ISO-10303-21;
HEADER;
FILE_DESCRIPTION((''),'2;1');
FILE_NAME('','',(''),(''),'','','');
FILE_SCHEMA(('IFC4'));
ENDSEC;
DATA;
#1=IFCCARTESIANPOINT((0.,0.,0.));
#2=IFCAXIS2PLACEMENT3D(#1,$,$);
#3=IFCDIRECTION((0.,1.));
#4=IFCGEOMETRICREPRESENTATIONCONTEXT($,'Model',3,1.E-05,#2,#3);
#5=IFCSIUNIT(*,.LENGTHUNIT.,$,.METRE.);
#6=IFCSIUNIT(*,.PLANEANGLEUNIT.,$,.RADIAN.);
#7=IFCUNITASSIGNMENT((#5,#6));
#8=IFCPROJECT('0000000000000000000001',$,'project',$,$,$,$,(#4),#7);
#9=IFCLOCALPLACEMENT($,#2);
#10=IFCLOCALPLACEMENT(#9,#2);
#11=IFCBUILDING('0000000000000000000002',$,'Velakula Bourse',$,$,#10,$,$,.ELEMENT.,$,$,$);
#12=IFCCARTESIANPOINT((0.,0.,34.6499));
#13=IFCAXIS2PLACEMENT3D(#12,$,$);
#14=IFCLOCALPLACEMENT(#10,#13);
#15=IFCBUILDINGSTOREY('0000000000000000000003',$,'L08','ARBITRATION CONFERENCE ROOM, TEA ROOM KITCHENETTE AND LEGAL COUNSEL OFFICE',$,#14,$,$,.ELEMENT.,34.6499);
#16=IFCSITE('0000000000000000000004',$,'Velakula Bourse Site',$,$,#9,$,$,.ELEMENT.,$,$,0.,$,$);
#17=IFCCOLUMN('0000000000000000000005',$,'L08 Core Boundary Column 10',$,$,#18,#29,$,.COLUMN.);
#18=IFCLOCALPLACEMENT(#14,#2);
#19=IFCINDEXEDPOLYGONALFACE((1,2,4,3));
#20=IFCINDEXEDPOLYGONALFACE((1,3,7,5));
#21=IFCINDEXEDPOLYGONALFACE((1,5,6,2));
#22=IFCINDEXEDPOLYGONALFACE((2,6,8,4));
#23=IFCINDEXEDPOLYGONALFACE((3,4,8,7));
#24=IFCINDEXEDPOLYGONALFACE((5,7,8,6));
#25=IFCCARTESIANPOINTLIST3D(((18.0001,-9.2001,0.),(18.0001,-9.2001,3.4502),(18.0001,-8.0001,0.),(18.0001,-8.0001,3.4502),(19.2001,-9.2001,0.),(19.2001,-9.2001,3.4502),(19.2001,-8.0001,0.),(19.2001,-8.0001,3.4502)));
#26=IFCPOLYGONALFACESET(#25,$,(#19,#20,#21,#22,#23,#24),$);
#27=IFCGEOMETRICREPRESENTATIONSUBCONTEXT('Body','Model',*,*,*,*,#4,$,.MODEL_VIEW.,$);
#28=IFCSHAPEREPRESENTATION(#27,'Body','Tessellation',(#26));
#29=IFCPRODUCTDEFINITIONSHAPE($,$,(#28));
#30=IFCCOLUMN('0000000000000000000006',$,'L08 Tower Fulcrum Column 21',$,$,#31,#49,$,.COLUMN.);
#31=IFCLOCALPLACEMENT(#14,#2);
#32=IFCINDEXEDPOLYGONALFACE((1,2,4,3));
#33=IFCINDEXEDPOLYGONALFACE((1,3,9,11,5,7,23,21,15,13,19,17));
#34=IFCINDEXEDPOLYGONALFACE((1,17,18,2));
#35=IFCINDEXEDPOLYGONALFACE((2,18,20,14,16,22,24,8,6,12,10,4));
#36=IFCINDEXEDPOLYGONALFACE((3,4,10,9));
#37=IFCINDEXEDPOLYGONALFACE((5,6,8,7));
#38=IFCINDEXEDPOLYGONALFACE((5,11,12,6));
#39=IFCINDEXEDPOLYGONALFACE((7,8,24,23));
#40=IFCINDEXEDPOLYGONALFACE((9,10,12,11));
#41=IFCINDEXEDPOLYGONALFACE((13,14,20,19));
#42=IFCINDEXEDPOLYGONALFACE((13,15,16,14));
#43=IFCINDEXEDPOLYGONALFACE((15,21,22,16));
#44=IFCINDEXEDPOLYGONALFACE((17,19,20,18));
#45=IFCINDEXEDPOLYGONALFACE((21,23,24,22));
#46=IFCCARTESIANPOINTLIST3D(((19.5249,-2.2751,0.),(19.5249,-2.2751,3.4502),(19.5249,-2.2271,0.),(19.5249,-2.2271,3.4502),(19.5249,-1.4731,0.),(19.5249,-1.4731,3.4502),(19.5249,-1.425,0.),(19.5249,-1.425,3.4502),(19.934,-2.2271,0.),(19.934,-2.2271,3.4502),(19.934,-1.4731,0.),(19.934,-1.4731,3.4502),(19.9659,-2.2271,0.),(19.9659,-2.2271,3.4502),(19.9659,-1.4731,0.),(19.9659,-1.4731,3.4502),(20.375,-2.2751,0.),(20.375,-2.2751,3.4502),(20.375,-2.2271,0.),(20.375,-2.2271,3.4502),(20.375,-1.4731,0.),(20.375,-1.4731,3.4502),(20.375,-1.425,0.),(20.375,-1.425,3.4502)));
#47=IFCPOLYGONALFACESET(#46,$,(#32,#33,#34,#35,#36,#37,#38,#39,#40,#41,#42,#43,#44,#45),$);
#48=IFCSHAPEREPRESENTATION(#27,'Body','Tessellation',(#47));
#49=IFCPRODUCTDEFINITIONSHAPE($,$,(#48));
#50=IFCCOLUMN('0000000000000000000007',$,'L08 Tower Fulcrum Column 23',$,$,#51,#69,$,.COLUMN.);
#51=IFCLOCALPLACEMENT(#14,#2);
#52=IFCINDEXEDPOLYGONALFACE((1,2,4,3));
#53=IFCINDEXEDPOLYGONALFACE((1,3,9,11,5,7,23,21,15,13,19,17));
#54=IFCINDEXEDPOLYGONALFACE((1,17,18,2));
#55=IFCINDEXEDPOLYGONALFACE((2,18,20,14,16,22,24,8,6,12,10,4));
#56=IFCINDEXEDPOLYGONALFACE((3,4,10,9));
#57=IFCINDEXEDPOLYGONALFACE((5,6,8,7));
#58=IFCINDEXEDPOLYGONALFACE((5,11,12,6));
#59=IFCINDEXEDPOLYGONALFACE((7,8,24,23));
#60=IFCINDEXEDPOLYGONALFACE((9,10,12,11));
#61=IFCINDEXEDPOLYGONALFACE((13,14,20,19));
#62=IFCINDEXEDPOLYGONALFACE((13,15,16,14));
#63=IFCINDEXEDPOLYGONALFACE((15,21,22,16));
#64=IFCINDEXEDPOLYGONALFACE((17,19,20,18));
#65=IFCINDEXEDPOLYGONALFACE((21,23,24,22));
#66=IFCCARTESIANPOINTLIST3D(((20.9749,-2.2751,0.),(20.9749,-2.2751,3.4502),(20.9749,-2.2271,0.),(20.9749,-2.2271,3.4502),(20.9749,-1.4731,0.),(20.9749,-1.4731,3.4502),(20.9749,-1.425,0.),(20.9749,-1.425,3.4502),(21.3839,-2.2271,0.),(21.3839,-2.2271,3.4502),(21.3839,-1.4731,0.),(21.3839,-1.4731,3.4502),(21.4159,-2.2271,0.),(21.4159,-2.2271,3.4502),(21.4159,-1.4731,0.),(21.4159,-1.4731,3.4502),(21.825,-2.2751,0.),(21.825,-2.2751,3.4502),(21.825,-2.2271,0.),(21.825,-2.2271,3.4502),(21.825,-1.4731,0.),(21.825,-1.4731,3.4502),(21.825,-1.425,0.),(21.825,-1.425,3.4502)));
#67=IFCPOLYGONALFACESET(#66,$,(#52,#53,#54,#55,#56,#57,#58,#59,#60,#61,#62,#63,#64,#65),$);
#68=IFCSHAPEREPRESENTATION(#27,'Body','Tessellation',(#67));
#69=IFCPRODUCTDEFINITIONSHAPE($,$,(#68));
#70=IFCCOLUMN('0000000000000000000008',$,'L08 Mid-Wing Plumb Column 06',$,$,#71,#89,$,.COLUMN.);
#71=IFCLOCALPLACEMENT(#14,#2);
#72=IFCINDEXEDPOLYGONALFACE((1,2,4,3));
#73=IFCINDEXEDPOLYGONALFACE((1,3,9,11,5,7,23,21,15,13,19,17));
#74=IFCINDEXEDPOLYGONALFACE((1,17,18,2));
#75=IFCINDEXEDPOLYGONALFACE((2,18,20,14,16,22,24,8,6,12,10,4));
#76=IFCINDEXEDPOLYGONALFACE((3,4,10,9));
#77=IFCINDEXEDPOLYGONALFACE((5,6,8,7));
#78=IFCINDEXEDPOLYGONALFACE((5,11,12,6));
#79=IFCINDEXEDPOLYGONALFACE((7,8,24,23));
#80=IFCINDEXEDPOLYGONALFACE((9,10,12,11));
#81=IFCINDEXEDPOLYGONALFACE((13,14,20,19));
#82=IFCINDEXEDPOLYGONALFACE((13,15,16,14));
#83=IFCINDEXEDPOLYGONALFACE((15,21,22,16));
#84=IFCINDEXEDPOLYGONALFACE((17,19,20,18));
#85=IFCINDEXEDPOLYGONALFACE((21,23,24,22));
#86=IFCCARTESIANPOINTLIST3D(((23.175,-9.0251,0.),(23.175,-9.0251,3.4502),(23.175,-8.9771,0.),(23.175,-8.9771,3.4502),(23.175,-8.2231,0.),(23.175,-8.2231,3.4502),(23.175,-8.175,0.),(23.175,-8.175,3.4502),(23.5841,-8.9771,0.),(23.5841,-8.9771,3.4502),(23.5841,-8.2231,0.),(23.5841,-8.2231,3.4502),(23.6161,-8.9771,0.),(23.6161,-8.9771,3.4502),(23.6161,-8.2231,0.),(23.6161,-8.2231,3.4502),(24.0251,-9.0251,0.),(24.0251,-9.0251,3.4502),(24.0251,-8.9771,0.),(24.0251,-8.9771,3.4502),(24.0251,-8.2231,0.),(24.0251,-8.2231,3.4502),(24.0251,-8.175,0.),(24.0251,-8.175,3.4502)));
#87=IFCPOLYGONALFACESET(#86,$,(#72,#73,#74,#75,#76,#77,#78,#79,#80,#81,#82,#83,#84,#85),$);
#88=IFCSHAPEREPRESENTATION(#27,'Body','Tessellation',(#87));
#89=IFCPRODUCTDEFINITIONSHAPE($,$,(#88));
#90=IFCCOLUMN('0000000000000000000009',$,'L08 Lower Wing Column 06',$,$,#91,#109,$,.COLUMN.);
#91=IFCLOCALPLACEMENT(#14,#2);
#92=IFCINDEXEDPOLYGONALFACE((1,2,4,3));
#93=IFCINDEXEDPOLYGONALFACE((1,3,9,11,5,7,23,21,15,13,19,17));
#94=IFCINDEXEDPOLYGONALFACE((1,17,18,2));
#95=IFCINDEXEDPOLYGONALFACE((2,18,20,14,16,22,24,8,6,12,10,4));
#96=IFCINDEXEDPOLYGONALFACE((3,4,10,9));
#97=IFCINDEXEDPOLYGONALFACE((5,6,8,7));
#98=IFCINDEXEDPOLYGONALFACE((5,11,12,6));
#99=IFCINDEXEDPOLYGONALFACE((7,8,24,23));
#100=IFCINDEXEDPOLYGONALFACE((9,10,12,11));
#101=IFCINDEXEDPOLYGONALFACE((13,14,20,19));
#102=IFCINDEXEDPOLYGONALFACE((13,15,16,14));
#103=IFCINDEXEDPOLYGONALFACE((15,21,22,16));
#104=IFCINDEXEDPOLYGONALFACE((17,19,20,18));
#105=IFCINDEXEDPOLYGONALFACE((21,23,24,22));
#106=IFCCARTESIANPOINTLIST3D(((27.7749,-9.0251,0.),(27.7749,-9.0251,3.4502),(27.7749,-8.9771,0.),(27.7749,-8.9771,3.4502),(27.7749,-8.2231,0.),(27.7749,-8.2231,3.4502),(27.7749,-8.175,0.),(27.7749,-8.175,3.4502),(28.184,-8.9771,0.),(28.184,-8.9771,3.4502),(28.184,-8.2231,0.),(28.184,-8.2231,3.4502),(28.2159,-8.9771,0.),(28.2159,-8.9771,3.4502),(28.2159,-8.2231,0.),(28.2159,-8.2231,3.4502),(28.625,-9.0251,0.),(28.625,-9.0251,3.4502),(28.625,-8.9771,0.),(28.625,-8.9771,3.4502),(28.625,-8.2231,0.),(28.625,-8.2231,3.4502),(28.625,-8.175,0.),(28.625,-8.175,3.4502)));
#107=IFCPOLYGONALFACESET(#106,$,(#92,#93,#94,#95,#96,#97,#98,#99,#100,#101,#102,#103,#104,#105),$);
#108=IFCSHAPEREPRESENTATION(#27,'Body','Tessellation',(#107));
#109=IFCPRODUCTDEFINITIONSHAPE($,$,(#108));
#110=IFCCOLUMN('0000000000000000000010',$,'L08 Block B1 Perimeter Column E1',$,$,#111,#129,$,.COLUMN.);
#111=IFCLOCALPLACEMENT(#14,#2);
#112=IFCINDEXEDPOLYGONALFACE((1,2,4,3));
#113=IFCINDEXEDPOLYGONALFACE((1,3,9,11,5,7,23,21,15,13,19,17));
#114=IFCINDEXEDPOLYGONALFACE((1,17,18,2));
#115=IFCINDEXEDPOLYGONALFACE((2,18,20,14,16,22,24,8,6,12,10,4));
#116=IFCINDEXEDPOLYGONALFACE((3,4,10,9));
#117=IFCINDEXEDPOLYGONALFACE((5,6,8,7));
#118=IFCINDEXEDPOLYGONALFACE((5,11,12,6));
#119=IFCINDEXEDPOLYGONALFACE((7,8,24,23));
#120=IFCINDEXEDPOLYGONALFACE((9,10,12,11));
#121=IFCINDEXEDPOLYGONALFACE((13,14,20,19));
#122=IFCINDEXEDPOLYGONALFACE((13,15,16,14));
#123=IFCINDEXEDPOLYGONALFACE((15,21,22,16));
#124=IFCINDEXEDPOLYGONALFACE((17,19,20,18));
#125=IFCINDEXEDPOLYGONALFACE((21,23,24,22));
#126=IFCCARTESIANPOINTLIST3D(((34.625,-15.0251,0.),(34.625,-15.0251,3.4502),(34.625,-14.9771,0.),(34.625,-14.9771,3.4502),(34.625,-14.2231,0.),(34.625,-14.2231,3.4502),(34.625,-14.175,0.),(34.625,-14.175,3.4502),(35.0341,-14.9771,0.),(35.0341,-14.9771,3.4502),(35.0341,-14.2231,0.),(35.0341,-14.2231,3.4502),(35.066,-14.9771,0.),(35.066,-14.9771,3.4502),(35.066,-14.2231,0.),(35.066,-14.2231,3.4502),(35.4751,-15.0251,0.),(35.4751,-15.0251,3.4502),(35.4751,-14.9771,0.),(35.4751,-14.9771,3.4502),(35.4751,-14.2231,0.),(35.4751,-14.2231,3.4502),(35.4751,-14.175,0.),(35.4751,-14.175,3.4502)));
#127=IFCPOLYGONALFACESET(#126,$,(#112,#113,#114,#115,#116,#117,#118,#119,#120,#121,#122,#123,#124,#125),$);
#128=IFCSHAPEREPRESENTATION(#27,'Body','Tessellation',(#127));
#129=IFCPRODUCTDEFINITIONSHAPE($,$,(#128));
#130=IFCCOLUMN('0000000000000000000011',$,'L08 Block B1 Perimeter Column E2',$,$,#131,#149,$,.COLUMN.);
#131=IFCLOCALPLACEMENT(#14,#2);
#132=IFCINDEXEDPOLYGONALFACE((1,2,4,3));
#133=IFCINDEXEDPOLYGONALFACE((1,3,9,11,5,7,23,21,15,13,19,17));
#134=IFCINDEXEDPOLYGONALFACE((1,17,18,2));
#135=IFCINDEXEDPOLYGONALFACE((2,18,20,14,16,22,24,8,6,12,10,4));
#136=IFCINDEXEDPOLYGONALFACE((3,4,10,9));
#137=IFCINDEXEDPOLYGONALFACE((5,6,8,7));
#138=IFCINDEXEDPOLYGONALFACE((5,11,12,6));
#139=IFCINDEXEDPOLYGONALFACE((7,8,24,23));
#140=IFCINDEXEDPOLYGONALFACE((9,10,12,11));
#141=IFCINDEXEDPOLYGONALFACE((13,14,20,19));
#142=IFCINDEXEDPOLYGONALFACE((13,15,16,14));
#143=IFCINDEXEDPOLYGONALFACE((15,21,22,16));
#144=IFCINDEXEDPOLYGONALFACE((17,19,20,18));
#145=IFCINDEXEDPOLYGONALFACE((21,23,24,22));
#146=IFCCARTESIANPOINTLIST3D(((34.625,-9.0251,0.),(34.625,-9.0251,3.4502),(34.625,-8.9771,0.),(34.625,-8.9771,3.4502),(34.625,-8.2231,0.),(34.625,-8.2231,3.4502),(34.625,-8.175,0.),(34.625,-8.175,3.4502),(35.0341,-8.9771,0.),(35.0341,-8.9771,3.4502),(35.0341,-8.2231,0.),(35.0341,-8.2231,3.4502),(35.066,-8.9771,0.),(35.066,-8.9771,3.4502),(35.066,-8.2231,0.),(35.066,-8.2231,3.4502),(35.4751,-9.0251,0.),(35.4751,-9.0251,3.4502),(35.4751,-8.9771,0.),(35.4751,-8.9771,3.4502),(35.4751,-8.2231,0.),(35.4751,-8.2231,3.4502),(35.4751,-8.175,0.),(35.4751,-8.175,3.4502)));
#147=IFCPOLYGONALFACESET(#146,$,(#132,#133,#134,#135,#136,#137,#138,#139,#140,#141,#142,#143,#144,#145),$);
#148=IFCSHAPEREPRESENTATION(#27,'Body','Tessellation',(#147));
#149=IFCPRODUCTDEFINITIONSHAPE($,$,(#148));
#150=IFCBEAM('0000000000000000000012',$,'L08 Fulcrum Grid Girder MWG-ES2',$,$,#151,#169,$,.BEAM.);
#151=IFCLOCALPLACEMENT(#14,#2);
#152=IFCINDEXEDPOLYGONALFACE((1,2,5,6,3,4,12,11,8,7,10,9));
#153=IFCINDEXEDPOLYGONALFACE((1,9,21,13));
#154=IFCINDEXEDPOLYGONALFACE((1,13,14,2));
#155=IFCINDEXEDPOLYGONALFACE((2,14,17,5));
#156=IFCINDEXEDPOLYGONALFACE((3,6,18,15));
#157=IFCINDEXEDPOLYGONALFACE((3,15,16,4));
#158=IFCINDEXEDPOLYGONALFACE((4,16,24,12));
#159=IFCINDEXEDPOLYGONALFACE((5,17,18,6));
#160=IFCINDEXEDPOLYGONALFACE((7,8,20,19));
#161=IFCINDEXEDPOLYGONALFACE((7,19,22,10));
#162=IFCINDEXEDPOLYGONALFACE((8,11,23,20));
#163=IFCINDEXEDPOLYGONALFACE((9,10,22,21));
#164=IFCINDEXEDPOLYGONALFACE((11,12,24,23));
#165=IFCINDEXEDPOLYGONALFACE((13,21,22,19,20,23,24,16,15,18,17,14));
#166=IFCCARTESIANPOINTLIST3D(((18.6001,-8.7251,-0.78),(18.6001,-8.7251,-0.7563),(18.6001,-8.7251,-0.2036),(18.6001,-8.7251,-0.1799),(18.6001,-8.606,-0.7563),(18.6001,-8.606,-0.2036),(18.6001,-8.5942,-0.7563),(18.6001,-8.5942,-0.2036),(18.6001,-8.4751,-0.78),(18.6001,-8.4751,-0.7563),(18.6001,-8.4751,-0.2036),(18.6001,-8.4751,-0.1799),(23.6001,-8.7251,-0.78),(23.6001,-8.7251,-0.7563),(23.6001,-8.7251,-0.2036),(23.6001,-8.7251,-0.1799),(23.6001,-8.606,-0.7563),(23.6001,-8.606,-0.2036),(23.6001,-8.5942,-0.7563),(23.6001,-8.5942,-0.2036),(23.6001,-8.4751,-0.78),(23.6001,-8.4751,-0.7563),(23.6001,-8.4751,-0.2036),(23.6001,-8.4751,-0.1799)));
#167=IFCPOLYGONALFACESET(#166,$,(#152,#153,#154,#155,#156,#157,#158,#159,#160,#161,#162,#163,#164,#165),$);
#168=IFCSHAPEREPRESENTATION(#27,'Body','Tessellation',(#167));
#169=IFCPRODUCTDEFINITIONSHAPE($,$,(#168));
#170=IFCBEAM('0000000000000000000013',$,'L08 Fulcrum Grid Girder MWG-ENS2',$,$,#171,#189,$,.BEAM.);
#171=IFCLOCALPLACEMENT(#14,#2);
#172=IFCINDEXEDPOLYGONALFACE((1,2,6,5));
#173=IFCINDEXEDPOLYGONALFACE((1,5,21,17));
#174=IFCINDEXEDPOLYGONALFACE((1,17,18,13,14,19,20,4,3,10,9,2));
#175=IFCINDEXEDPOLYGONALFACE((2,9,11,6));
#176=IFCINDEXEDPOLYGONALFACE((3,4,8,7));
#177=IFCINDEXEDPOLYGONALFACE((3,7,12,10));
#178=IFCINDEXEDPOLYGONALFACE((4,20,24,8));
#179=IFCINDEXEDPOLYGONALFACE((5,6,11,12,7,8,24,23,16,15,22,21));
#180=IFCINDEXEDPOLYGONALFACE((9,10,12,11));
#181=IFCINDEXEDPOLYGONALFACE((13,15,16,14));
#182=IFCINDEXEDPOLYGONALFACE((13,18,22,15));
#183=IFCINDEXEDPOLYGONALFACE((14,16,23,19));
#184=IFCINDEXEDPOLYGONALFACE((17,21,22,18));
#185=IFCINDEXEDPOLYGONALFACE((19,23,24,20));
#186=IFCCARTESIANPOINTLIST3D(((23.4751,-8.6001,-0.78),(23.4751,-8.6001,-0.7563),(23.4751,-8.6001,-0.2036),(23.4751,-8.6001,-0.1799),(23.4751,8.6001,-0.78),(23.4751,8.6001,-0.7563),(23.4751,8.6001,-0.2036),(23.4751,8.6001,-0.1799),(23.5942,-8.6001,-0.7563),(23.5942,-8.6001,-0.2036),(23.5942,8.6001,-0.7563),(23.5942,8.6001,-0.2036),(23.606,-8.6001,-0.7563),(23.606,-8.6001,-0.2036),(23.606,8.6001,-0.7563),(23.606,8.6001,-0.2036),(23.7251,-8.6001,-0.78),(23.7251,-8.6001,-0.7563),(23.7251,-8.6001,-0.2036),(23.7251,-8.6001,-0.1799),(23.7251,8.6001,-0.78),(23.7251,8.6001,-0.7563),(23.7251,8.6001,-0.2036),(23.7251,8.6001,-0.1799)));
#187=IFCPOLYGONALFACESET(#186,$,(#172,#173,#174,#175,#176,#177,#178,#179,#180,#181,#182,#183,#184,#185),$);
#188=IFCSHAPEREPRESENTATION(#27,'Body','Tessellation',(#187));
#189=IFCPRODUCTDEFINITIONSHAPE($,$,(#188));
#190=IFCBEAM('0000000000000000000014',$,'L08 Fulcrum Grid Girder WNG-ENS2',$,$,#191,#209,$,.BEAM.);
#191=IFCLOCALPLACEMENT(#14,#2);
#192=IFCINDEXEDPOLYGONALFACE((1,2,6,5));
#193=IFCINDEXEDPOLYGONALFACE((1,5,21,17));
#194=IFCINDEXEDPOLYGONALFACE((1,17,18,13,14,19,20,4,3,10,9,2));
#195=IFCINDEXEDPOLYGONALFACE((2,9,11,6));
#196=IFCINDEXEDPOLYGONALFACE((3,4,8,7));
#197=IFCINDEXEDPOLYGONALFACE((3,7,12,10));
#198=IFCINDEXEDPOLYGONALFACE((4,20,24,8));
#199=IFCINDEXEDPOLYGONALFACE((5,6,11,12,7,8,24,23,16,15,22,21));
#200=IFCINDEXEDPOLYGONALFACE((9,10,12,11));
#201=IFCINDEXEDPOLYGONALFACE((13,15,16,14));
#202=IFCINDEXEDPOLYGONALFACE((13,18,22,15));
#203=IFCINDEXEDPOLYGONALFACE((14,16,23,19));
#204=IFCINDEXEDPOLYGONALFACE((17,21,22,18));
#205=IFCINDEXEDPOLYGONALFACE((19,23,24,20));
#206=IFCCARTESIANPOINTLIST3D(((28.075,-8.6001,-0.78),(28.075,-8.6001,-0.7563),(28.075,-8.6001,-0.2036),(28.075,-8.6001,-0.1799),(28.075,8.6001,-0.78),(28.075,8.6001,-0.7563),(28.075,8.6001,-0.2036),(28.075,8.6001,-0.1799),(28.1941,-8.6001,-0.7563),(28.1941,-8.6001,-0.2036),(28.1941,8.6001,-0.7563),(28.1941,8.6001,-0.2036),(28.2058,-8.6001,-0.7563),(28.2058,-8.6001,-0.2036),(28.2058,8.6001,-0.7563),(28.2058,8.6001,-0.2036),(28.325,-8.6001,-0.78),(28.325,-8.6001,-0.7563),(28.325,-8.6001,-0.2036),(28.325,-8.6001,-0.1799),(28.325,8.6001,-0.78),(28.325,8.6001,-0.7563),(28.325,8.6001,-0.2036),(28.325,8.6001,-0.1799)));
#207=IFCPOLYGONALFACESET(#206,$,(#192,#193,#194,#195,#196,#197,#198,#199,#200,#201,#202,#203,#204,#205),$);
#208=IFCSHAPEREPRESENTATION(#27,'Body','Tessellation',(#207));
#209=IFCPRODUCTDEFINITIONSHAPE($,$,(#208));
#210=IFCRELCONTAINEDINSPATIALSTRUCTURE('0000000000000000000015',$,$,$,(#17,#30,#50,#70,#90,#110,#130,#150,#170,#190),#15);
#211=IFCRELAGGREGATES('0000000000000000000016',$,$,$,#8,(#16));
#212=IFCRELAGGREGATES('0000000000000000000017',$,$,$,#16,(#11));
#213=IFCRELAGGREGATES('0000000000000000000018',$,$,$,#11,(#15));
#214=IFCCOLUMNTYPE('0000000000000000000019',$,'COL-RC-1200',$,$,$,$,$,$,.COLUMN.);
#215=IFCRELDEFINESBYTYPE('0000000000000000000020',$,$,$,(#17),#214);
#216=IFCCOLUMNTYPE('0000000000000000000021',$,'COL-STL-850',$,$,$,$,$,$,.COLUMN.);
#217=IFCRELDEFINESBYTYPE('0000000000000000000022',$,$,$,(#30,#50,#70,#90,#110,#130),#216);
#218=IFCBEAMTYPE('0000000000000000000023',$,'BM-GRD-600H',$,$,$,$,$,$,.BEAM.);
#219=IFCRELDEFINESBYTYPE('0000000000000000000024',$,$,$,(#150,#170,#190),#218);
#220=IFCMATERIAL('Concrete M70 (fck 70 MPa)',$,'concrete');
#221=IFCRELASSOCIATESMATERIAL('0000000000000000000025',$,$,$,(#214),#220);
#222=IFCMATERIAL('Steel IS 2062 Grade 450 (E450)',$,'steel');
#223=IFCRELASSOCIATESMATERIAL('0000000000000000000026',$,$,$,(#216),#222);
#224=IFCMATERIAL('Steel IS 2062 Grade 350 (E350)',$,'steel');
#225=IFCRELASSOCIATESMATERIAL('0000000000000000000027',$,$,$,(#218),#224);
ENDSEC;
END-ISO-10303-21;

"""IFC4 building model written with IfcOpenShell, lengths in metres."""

from ifc_helpers import new_model, si_unit, direction, frame, origin, origin_2d, place, context, subcontext, project, spatial, rectangle, i_section, extrude, material, material_profile, profile_set, type_object, element, save


model = new_model("IFC4")

# Units and contexts
model_context = context("Model", 3, precision=1e-05, world=origin(), true_north=direction((0.0, 1.0)))
body_context = subcontext(model_context, "Body", "Model", "MODEL_VIEW")
ifc_project = project(units=[si_unit("LENGTHUNIT", "METRE"), si_unit("PLANEANGLEUNIT", "RADIAN")], contexts=[model_context])

# Site, building, storey
site_placement = place(None, origin())
site = spatial("IfcSite", under=ifc_project, at=site_placement, Name="Velakula Bourse Site", CompositionType="ELEMENT", RefElevation=0.0)
building_placement = place(site_placement, origin())
building = spatial("IfcBuilding", under=site, at=building_placement, Name="Velakula Bourse", CompositionType="ELEMENT")
storey_placement = place(building_placement, frame((0.0, 0.0, 34.6499)))
storey = spatial("IfcBuildingStorey", under=building, at=storey_placement, Name="L08", Description="ARBITRATION CONFERENCE ROOM, TEA ROOM KITCHENETTE AND LEGAL COUNSEL OFFICE", CompositionType="ELEMENT", Elevation=34.6499)

# Columns
ifc_material_1 = material(Name="Concrete M70 (fck 70 MPa)", Category="concrete")
ifc_material_profile_1 = material_profile(ifc_material_1, rectangle(XDim=1.2, YDim=1.2, at=origin_2d()), Name="Concrete M70 (fck 70 MPa)")
ifc_profile_set_1 = profile_set([ifc_material_profile_1], Name="Concrete M70 (fck 70 MPa)")
column_type_1 = type_object("IfcColumnType", Name="COL-RC-1200", PredefinedType="COLUMN", material=ifc_profile_set_1)
column_placement = place(storey_placement, frame((18.6001, -8.6001, 0.0), z_axis=(0.0, 0.0, 1.0), x_axis=(1.0, 0.0, 0.0)))
element("IfcColumn", 1, at=column_placement, inside=storey, type_object=column_type_1, Name="L08 Core Boundary Column 10", PredefinedType="COLUMN", context=body_context, shape_type="SweptSolid", body=[
    extrude(rectangle(XDim=1.2, YDim=1.2, at=origin_2d()), origin(), (0.0, 0.0, 1.0), 3.4502),
])
ifc_material_2 = material(Name="Steel IS 2062 Grade 450 (E450)", Category="steel")
ifc_material_profile_2 = material_profile(ifc_material_2, i_section(OverallWidth=0.8501, OverallDepth=0.8501, WebThickness=0.032, FlangeThickness=0.0481, at=origin_2d()), Name="Steel IS 2062 Grade 450 (E450)")
ifc_profile_set_2 = profile_set([ifc_material_profile_2], Name="Steel IS 2062 Grade 450 (E450)")
column_type_2 = type_object("IfcColumnType", Name="COL-STL-850", PredefinedType="COLUMN", material=ifc_profile_set_2)
for number, where, z_axis, x_axis, name in (
    (2, (19.95, -1.8501, 0.0), (0.0, 0.0, 1.0), (1.0, 0.0, 0.0), "L08 Tower Fulcrum Column 21"),
    (3, (21.3999, -1.8501, 0.0), (0.0, 0.0, 1.0), (1.0, 0.0, 0.0), "L08 Tower Fulcrum Column 23"),
    (4, (23.6001, -8.6001, 0.0), (0.0, 0.0, 1.0), (1.0, 0.0, 0.0), "L08 Mid-Wing Plumb Column 06"),
    (5, (28.2, -8.6001, 0.0), (0.0, 0.0, 1.0), (1.0, 0.0, 0.0), "L08 Lower Wing Column 06"),
    (6, (35.05, -14.6001, 0.0), (0.0, 0.0, 1.0), (1.0, 0.0, 0.0), "L08 Block B1 Perimeter Column E1"),
    (7, (35.05, -8.6001, 0.0), (0.0, 0.0, 1.0), (1.0, 0.0, 0.0), "L08 Block B1 Perimeter Column E2"),
):
    element("IfcColumn", number, at=place(storey_placement, frame(where, z_axis=z_axis, x_axis=x_axis)), inside=storey, type_object=column_type_2, Name=name, PredefinedType="COLUMN", context=body_context, shape_type="SweptSolid", body=[
        extrude(i_section(OverallWidth=0.8501, OverallDepth=0.8501, WebThickness=0.032, FlangeThickness=0.0481, at=origin_2d()), origin(), (0.0, 0.0, 1.0), 3.4502),
    ])

# Beams
ifc_material_3 = material(Name="Steel IS 2062 Grade 350 (E350)", Category="steel")
ifc_material_profile_3 = material_profile(ifc_material_3, i_section(OverallWidth=0.25, OverallDepth=0.6001, WebThickness=0.0117, FlangeThickness=0.0237, at=origin_2d()), Name="Steel IS 2062 Grade 350 (E350)")
ifc_profile_set_3 = profile_set([ifc_material_profile_3], Name="Steel IS 2062 Grade 350 (E350)")
beam_type_1 = type_object("IfcBeamType", Name="BM-GRD-600H", PredefinedType="BEAM", material=ifc_profile_set_3)
beam_1_placement = place(storey_placement, frame((18.6001, -8.6001, -0.48), z_axis=(1.0, 0.0, 0.0), x_axis=(0.0, 1.0, 0.0)))
element("IfcBeam", 8, at=beam_1_placement, inside=storey, type_object=beam_type_1, Name="L08 Fulcrum Grid Girder MWG-ES2", PredefinedType="BEAM", context=body_context, shape_type="SweptSolid", body=[
    extrude(i_section(OverallWidth=0.25, OverallDepth=0.6001, WebThickness=0.0117, FlangeThickness=0.0237, at=origin_2d()), origin(), (0.0, 0.0, 1.0), 5.0),
])
for number, where, z_axis, x_axis, name in (
    (9, (23.6001, -8.6001, -0.48), (0.0, 1.0, 0.0), (-1.0, 0.0, 0.0), "L08 Fulcrum Grid Girder MWG-ENS2"),
    (10, (28.2, -8.6001, -0.48), (0.0, 1.0, 0.0), (-1.0, 0.0, 0.0), "L08 Fulcrum Grid Girder WNG-ENS2"),
):
    element("IfcBeam", number, at=place(storey_placement, frame(where, z_axis=z_axis, x_axis=x_axis)), inside=storey, type_object=beam_type_1, Name=name, PredefinedType="BEAM", context=body_context, shape_type="SweptSolid", body=[
        extrude(i_section(OverallWidth=0.25, OverallDepth=0.6001, WebThickness=0.0117, FlangeThickness=0.0237, at=origin_2d()), origin(), (0.0, 0.0, 1.0), 17.2002),
    ])

save(model, "model.ifc")
